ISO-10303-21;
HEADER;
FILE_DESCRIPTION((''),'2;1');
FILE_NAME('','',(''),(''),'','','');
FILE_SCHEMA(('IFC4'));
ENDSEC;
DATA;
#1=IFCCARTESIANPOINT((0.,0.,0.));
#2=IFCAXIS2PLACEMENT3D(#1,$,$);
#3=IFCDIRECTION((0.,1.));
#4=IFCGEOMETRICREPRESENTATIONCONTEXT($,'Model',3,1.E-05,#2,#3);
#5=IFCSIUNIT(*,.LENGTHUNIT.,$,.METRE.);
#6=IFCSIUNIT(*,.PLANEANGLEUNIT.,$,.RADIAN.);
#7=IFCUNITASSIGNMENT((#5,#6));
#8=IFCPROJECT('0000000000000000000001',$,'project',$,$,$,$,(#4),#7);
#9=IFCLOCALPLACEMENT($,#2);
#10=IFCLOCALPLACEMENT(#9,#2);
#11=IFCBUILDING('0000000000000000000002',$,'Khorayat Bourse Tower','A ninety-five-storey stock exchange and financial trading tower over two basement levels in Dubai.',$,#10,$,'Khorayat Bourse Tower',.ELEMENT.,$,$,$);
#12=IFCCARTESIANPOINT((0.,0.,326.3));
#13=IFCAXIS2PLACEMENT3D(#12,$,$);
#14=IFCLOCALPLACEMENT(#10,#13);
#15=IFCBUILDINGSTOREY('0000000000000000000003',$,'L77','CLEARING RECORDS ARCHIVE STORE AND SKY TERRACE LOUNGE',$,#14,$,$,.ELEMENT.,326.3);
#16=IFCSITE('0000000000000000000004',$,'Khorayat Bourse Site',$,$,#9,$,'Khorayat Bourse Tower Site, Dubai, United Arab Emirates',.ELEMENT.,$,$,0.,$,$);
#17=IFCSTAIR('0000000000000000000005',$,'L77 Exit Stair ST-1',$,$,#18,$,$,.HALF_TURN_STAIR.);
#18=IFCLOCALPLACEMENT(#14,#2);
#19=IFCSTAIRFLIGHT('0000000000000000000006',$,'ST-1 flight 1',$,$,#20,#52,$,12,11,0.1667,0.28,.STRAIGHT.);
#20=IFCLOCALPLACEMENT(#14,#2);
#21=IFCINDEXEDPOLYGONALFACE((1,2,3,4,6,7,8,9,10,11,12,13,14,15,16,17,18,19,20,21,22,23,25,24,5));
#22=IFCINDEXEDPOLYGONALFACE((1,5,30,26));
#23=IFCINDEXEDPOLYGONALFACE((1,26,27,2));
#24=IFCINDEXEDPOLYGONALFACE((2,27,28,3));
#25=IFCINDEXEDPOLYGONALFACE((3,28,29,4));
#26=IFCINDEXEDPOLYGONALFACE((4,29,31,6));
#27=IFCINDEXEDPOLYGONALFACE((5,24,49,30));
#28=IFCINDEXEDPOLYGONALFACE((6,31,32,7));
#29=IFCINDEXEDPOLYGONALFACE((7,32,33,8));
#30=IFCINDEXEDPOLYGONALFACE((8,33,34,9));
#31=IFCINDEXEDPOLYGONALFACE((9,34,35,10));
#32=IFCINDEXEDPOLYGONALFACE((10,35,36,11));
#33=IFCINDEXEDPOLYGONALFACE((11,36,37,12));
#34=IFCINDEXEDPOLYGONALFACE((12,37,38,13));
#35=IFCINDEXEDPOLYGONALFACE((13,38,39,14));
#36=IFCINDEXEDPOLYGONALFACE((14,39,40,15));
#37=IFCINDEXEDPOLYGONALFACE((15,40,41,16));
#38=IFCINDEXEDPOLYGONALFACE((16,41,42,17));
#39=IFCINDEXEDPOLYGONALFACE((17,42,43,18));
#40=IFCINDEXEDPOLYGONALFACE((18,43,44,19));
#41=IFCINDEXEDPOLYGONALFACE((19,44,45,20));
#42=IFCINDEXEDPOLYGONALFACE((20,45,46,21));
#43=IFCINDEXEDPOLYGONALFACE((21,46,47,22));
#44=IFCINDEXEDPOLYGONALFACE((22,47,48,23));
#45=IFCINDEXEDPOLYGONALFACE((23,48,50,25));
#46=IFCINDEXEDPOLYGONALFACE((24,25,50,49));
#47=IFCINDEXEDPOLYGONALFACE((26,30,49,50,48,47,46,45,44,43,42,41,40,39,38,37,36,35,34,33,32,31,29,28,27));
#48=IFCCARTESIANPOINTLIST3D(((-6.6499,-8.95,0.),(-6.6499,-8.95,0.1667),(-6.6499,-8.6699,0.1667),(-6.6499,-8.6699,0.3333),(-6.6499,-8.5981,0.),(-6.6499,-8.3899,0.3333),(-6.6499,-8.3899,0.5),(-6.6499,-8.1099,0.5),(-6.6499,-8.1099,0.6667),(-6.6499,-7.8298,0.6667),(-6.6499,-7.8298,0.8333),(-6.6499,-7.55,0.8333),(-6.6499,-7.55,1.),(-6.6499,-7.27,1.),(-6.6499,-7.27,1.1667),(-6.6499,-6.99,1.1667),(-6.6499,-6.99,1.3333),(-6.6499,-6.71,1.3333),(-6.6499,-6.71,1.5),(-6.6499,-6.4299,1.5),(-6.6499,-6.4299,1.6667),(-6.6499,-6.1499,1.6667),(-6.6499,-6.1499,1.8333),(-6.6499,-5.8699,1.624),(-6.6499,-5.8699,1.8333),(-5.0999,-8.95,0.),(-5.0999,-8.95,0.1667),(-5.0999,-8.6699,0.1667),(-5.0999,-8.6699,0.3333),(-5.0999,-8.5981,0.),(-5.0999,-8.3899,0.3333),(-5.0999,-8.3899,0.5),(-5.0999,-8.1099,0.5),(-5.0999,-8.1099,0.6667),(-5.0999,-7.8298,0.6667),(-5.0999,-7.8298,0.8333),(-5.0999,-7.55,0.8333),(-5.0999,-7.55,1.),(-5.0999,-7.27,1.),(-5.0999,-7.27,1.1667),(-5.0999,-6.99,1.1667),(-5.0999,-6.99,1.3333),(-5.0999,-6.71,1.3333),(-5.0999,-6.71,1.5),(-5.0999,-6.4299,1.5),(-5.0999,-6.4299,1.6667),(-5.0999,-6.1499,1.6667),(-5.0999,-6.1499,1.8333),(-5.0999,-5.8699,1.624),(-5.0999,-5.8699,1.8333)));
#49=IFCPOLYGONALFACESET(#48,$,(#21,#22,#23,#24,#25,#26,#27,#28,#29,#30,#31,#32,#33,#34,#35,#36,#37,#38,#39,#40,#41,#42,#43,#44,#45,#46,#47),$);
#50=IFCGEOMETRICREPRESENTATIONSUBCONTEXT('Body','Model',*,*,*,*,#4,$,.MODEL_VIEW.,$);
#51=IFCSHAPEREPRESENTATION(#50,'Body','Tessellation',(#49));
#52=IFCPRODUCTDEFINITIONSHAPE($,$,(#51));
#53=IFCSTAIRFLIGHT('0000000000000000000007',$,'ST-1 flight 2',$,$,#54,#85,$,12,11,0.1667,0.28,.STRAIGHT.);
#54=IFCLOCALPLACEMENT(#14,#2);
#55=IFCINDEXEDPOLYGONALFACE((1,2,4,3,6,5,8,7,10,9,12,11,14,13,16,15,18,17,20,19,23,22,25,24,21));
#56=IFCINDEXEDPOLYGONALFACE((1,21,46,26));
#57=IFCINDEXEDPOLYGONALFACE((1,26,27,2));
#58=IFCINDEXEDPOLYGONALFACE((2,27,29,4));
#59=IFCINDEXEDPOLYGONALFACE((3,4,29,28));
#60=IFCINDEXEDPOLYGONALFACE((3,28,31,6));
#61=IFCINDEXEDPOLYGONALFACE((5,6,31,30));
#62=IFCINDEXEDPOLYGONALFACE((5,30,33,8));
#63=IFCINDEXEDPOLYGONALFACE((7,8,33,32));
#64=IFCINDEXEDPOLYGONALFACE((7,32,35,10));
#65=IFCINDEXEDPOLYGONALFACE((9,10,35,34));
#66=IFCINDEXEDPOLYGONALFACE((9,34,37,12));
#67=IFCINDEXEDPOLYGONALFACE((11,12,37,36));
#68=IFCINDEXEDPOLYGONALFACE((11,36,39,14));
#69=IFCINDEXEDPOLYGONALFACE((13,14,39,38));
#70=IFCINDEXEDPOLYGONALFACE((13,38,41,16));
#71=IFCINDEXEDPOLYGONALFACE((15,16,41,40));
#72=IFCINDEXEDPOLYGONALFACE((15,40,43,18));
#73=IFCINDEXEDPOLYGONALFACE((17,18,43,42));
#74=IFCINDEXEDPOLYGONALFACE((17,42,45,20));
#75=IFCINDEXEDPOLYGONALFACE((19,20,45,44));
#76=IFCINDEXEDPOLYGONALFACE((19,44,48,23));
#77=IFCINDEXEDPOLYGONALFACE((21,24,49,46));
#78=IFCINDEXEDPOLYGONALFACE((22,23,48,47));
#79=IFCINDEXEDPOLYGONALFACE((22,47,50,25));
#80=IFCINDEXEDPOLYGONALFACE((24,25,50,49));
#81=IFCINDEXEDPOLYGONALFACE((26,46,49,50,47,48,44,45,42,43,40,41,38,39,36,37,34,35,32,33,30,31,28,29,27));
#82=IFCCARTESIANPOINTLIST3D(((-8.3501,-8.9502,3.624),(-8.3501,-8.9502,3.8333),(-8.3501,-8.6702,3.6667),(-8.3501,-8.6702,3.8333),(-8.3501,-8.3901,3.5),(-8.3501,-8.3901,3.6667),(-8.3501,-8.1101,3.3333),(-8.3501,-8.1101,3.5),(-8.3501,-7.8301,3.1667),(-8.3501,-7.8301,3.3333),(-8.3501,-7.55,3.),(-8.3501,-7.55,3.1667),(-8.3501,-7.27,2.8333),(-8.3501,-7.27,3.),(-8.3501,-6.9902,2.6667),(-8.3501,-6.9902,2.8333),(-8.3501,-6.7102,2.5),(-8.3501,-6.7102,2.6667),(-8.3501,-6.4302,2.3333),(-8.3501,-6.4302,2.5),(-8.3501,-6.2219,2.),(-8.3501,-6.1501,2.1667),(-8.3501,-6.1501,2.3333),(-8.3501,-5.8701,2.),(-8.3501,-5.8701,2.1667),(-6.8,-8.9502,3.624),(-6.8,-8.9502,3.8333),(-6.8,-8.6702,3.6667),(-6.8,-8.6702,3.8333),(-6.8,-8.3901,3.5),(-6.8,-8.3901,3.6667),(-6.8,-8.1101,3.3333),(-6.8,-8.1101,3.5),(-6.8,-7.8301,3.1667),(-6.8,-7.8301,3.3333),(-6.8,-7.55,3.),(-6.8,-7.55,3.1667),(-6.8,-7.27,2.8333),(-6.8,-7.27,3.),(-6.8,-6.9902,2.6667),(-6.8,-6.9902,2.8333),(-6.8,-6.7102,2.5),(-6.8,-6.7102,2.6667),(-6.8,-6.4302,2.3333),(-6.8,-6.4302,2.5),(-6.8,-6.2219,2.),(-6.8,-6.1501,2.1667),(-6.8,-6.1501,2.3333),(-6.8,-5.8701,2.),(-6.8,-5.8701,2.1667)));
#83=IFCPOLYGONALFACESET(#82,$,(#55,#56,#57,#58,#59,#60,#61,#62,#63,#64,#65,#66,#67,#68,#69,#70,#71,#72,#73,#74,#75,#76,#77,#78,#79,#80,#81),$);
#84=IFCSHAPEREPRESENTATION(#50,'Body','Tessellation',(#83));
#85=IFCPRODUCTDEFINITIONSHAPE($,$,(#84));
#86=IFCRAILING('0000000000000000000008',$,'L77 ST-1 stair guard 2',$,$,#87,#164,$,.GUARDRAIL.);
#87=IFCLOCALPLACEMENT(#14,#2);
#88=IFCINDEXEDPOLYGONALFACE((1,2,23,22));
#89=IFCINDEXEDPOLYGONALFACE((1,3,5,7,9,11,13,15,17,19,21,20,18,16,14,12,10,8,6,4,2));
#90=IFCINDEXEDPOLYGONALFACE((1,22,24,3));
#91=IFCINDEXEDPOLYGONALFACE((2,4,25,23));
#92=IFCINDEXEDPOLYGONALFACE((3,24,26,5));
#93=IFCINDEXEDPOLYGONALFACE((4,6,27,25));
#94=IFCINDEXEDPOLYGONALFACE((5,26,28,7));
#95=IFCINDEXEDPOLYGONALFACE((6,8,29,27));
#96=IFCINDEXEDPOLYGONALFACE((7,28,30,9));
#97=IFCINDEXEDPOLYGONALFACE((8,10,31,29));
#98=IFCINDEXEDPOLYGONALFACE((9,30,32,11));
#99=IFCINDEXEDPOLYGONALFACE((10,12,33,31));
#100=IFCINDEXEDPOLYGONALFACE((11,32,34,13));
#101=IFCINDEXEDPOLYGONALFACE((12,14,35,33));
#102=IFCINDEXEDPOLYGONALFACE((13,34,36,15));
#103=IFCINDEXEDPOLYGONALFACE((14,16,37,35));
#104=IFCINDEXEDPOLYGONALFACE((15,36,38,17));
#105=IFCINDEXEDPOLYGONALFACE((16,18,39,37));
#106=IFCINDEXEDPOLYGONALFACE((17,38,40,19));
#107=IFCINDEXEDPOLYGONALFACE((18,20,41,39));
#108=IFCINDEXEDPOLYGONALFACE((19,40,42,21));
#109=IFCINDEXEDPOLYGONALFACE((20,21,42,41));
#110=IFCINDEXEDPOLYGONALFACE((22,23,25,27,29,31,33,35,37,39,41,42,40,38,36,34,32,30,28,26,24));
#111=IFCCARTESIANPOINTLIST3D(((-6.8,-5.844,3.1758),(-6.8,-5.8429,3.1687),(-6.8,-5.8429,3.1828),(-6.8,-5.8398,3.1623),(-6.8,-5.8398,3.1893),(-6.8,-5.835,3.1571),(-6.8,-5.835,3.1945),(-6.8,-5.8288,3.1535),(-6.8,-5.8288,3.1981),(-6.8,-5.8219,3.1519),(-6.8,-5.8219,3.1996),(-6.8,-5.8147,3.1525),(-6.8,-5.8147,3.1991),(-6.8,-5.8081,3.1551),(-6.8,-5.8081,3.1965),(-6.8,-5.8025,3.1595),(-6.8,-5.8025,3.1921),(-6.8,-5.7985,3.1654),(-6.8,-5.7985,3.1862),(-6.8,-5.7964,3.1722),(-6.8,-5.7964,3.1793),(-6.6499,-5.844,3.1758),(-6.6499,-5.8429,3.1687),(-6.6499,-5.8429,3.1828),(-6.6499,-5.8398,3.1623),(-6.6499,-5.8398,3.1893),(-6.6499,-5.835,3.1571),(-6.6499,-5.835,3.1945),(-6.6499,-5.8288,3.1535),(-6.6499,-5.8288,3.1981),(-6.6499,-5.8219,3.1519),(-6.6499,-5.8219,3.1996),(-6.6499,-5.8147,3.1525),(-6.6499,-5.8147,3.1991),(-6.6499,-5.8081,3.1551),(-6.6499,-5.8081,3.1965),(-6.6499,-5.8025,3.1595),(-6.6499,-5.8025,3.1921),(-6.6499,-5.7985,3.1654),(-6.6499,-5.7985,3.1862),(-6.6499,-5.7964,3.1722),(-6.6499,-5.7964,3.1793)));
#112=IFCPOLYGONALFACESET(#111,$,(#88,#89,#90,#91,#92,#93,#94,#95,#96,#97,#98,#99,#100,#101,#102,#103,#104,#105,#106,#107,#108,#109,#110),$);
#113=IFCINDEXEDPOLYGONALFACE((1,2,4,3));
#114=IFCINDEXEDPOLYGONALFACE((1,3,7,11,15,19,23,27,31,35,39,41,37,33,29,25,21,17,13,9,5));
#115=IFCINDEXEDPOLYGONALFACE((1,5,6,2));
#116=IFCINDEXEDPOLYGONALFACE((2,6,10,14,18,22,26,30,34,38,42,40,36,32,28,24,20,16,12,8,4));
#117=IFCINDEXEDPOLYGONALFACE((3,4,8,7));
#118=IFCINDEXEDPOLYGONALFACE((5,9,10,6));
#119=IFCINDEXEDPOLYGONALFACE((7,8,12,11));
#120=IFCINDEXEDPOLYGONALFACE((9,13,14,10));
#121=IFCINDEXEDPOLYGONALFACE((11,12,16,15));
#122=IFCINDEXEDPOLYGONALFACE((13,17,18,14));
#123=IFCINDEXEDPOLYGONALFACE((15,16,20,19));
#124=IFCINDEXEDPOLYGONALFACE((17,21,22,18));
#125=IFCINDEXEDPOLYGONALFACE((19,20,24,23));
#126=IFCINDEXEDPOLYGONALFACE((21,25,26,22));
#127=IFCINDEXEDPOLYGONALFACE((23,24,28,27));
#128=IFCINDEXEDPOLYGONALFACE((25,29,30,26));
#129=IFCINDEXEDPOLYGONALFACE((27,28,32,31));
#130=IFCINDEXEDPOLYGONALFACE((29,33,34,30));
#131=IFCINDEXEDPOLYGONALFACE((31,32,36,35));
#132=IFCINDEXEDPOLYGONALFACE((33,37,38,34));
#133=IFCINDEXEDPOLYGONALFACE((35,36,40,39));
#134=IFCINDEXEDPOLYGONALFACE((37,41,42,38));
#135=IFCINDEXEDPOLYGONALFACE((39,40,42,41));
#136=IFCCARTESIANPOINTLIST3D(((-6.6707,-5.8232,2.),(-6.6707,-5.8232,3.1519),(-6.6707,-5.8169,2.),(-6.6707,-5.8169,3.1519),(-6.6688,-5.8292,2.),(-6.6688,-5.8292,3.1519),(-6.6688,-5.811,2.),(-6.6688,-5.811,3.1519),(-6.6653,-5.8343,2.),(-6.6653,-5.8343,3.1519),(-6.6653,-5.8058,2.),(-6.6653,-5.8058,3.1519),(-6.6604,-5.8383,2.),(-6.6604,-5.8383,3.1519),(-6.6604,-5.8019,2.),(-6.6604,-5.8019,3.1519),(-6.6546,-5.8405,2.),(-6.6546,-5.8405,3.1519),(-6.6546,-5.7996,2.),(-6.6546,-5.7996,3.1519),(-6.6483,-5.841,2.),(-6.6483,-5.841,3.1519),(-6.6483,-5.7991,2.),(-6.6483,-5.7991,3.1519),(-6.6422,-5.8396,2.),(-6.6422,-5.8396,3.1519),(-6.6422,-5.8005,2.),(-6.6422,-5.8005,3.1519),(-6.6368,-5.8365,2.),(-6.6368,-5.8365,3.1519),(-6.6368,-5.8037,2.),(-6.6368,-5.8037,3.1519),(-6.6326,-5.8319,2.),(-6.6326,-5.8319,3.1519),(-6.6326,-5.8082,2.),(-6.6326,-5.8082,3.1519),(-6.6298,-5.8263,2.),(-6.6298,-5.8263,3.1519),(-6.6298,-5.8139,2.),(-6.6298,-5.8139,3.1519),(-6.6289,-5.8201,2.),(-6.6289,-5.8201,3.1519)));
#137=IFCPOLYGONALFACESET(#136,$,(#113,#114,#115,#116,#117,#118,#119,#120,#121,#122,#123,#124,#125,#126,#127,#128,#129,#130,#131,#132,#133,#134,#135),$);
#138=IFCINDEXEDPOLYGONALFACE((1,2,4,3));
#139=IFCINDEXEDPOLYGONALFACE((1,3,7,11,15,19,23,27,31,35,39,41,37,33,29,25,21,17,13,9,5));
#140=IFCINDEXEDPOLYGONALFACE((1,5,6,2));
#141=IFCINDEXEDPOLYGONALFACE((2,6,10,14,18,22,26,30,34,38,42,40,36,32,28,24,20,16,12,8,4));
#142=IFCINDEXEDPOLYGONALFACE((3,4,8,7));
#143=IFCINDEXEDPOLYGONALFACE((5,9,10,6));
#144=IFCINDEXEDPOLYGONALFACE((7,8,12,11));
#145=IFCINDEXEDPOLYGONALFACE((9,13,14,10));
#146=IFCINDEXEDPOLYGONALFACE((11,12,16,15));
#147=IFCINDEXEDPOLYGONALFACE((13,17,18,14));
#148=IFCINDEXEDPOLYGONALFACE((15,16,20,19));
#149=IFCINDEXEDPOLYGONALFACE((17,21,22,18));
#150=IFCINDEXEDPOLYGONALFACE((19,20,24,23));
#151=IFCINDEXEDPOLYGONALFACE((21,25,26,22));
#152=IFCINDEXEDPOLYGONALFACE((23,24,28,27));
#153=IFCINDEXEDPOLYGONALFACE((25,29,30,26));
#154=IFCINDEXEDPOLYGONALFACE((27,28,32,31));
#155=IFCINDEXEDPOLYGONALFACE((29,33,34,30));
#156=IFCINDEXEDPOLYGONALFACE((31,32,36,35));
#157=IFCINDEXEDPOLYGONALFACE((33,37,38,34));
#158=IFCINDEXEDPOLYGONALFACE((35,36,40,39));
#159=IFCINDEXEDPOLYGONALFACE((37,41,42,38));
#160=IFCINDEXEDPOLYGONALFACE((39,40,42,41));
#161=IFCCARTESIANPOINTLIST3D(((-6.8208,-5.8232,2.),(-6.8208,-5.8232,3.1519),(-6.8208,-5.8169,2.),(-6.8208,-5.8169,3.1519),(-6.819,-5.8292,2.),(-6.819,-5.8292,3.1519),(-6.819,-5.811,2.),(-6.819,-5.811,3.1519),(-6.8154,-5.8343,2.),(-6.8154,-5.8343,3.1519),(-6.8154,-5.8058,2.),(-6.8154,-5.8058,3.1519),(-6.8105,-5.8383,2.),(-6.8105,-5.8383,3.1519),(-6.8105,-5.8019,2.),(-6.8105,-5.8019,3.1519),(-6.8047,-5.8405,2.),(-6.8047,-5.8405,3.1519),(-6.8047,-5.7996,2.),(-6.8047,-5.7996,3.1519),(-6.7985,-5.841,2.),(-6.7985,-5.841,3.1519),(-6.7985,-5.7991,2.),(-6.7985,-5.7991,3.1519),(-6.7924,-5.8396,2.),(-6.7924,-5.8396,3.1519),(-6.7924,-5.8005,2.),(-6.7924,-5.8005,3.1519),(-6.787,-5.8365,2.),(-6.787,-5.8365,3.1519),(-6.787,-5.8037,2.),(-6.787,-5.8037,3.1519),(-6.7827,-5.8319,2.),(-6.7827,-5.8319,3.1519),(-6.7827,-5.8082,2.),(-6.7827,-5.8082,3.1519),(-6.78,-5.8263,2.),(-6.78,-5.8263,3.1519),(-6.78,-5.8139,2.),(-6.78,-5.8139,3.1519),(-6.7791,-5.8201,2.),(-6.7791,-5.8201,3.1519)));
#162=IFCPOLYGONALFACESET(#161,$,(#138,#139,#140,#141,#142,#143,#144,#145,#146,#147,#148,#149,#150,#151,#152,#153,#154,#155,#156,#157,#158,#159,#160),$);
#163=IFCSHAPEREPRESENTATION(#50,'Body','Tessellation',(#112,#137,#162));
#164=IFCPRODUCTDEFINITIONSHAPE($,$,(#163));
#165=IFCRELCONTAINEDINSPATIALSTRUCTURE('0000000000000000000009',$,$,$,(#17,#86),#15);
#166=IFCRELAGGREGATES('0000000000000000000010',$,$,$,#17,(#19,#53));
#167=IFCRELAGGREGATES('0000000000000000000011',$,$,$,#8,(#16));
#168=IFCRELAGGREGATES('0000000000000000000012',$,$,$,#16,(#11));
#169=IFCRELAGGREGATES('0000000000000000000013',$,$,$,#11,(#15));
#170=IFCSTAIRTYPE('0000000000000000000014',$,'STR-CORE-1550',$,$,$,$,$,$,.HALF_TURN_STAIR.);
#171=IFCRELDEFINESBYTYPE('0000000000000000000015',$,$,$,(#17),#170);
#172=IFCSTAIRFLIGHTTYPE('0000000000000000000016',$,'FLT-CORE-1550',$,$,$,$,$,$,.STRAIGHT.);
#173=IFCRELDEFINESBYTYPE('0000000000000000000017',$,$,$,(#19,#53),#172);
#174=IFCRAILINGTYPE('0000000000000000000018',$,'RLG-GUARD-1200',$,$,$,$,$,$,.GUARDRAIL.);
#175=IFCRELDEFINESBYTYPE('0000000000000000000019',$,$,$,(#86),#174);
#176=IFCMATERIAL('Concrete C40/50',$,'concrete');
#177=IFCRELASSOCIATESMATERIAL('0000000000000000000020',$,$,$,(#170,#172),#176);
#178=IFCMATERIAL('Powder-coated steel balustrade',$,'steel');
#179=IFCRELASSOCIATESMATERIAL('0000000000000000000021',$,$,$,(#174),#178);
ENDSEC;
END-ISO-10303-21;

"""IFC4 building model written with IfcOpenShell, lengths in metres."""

from ifc_helpers import new_model, si_unit, direction, frame, origin, origin_2d, place, context, subcontext, project, spatial, polyline, circle, outline, extrude, source, transform, mapped, material, type_object, element, aggregate, save


model = new_model("IFC4")

# Units and contexts
model_context = context("Model", 3, precision=1e-05, world=origin(), true_north=direction((0.0, 1.0)))
body_context = subcontext(model_context, "Body", "Model", "MODEL_VIEW")
ifc_project = project(units=[si_unit("LENGTHUNIT", "METRE"), si_unit("PLANEANGLEUNIT", "RADIAN")], contexts=[model_context])

# Site, building, storey
site_placement = place(None, origin())
site = spatial("IfcSite", under=ifc_project, at=site_placement, Name="Khorayat Bourse Site", LongName="Khorayat Bourse Tower Site, Dubai, United Arab Emirates", CompositionType="ELEMENT", RefElevation=0.0)
building_placement = place(site_placement, origin())
building = spatial("IfcBuilding", under=site, at=building_placement, Name="Khorayat Bourse Tower", Description="A ninety-five-storey stock exchange and financial trading tower over two basement levels in Dubai.", LongName="Khorayat Bourse Tower", CompositionType="ELEMENT")
storey_placement = place(building_placement, frame((0.0, 0.0, 326.3)))
storey = spatial("IfcBuildingStorey", under=building, at=storey_placement, Name="L77", Description="CLEARING RECORDS ARCHIVE STORE AND SKY TERRACE LOUNGE", CompositionType="ELEMENT", Elevation=326.3)

# Stair, stair flights
ifc_material_1 = material(Name="Concrete C40/50", Category="concrete")
stair_type = type_object("IfcStairType", Name="STR-CORE-1550", PredefinedType="HALF_TURN_STAIR", material=ifc_material_1)
stair_placement = place(storey_placement, origin())
stair = element("IfcStair", 1, at=stair_placement, inside=storey, type_object=stair_type, Name="L77 Exit Stair ST-1", PredefinedType="HALF_TURN_STAIR")
stair_flight_type = type_object("IfcStairFlightType", Name="FLT-CORE-1550", PredefinedType="STRAIGHT", material=ifc_material_1)
shared_shape_1 = source(origin(), body_context, "Body", "SweptSolid", [
    extrude(outline(polyline([(0.0, 0.0), (0.0, 0.1667), (0.28, 0.1667), (0.28, 0.3333), (0.5601, 0.3333), (0.5601, 0.5), (0.8401, 0.5), (0.8401, 0.6667), (1.1201, 0.6667), (1.1201, 0.8333), (1.3999, 0.8333), (1.3999, 1.0), (1.6799, 1.0), (1.6799, 1.1667), (1.96, 1.1667), (1.96, 1.3333), (2.24, 1.3333), (2.24, 1.5), (2.52, 1.5), (2.52, 1.6667), (2.8, 1.6667), (2.8, 1.8333), (3.0801, 1.8333), (3.0801, 2.0), (3.0801, 1.624), (0.3518, 0.0), (0.0, 0.0)])), frame((0.0, 0.7749, 0.0), z_axis=(0.0, -1.0, 0.0), x_axis=(1.0, 0.0, 0.0)), (0.0, 0.0, 1.0), 1.55),
])
stair_flight_1_placement = place(storey_placement, frame((-5.875, -8.95, 0.0), z_axis=(0.0, 0.0, 1.0), x_axis=(0.0, 1.0, 0.0)))
stair_flight_1 = element("IfcStairFlight", 2, at=stair_flight_1_placement, type_object=stair_flight_type, Name="ST-1 flight 1", NumberOfRisers=12, NumberOfTreads=11, PredefinedType="STRAIGHT", RiserHeight=0.1667, TreadLength=0.28, context=body_context, shape_type="MappedRepresentation", body=[
    mapped(shared_shape_1, transform((0.0, 0.0, 0.0), scale=1.0)),
])
stair_flight_2_placement = place(storey_placement, frame((-7.575, -5.8701, 2.0), z_axis=(0.0, 0.0, 1.0), x_axis=(0.0, -1.0, 0.0)))
stair_flight_2 = element("IfcStairFlight", 3, at=stair_flight_2_placement, type_object=stair_flight_type, Name="ST-1 flight 2", NumberOfRisers=12, NumberOfTreads=11, PredefinedType="STRAIGHT", RiserHeight=0.1667, TreadLength=0.28, context=body_context, shape_type="MappedRepresentation", body=[
    mapped(shared_shape_1, transform((0.0, 0.0, 0.0), scale=1.0)),
])
aggregate(stair, [stair_flight_1, stair_flight_2])

# Railing
ifc_material_2 = material(Name="Powder-coated steel balustrade", Category="steel")
railing_type_1 = type_object("IfcRailingType", Name="RLG-GUARD-1200", PredefinedType="GUARDRAIL", material=ifc_material_2)
shared_shape_2 = source(origin(), body_context, "Body", "SweptSolid", [
    extrude(circle(Radius=0.0239, at=origin_2d()), frame((0.0, 0.0, 1.1758), z_axis=(-1.0, 0.0, 0.0), x_axis=(0.0, -1.0, 0.0)), (0.0, 0.0, 1.0), 0.1501),
    extrude(circle(Radius=0.021, at=origin_2d()), origin(), (0.0, 0.0, 1.0), 1.1519),
    extrude(circle(Radius=0.021, at=origin_2d()), frame((-0.1501, 0.0, 0.0)), (0.0, 0.0, 1.0), 1.1519),
])
for number, where, name in (
    (4, (-6.6499, -5.8201, 2.0), "L77 ST-1 stair guard 2"),
):
    element("IfcRailing", number, at=place(storey_placement, frame(where)), inside=storey, type_object=railing_type_1, Name=name, PredefinedType="GUARDRAIL", context=body_context, shape_type="MappedRepresentation", body=[
        mapped(shared_shape_2, transform((0.0, 0.0, 0.0), scale=1.0)),
    ])

save(model, "model.ifc")
